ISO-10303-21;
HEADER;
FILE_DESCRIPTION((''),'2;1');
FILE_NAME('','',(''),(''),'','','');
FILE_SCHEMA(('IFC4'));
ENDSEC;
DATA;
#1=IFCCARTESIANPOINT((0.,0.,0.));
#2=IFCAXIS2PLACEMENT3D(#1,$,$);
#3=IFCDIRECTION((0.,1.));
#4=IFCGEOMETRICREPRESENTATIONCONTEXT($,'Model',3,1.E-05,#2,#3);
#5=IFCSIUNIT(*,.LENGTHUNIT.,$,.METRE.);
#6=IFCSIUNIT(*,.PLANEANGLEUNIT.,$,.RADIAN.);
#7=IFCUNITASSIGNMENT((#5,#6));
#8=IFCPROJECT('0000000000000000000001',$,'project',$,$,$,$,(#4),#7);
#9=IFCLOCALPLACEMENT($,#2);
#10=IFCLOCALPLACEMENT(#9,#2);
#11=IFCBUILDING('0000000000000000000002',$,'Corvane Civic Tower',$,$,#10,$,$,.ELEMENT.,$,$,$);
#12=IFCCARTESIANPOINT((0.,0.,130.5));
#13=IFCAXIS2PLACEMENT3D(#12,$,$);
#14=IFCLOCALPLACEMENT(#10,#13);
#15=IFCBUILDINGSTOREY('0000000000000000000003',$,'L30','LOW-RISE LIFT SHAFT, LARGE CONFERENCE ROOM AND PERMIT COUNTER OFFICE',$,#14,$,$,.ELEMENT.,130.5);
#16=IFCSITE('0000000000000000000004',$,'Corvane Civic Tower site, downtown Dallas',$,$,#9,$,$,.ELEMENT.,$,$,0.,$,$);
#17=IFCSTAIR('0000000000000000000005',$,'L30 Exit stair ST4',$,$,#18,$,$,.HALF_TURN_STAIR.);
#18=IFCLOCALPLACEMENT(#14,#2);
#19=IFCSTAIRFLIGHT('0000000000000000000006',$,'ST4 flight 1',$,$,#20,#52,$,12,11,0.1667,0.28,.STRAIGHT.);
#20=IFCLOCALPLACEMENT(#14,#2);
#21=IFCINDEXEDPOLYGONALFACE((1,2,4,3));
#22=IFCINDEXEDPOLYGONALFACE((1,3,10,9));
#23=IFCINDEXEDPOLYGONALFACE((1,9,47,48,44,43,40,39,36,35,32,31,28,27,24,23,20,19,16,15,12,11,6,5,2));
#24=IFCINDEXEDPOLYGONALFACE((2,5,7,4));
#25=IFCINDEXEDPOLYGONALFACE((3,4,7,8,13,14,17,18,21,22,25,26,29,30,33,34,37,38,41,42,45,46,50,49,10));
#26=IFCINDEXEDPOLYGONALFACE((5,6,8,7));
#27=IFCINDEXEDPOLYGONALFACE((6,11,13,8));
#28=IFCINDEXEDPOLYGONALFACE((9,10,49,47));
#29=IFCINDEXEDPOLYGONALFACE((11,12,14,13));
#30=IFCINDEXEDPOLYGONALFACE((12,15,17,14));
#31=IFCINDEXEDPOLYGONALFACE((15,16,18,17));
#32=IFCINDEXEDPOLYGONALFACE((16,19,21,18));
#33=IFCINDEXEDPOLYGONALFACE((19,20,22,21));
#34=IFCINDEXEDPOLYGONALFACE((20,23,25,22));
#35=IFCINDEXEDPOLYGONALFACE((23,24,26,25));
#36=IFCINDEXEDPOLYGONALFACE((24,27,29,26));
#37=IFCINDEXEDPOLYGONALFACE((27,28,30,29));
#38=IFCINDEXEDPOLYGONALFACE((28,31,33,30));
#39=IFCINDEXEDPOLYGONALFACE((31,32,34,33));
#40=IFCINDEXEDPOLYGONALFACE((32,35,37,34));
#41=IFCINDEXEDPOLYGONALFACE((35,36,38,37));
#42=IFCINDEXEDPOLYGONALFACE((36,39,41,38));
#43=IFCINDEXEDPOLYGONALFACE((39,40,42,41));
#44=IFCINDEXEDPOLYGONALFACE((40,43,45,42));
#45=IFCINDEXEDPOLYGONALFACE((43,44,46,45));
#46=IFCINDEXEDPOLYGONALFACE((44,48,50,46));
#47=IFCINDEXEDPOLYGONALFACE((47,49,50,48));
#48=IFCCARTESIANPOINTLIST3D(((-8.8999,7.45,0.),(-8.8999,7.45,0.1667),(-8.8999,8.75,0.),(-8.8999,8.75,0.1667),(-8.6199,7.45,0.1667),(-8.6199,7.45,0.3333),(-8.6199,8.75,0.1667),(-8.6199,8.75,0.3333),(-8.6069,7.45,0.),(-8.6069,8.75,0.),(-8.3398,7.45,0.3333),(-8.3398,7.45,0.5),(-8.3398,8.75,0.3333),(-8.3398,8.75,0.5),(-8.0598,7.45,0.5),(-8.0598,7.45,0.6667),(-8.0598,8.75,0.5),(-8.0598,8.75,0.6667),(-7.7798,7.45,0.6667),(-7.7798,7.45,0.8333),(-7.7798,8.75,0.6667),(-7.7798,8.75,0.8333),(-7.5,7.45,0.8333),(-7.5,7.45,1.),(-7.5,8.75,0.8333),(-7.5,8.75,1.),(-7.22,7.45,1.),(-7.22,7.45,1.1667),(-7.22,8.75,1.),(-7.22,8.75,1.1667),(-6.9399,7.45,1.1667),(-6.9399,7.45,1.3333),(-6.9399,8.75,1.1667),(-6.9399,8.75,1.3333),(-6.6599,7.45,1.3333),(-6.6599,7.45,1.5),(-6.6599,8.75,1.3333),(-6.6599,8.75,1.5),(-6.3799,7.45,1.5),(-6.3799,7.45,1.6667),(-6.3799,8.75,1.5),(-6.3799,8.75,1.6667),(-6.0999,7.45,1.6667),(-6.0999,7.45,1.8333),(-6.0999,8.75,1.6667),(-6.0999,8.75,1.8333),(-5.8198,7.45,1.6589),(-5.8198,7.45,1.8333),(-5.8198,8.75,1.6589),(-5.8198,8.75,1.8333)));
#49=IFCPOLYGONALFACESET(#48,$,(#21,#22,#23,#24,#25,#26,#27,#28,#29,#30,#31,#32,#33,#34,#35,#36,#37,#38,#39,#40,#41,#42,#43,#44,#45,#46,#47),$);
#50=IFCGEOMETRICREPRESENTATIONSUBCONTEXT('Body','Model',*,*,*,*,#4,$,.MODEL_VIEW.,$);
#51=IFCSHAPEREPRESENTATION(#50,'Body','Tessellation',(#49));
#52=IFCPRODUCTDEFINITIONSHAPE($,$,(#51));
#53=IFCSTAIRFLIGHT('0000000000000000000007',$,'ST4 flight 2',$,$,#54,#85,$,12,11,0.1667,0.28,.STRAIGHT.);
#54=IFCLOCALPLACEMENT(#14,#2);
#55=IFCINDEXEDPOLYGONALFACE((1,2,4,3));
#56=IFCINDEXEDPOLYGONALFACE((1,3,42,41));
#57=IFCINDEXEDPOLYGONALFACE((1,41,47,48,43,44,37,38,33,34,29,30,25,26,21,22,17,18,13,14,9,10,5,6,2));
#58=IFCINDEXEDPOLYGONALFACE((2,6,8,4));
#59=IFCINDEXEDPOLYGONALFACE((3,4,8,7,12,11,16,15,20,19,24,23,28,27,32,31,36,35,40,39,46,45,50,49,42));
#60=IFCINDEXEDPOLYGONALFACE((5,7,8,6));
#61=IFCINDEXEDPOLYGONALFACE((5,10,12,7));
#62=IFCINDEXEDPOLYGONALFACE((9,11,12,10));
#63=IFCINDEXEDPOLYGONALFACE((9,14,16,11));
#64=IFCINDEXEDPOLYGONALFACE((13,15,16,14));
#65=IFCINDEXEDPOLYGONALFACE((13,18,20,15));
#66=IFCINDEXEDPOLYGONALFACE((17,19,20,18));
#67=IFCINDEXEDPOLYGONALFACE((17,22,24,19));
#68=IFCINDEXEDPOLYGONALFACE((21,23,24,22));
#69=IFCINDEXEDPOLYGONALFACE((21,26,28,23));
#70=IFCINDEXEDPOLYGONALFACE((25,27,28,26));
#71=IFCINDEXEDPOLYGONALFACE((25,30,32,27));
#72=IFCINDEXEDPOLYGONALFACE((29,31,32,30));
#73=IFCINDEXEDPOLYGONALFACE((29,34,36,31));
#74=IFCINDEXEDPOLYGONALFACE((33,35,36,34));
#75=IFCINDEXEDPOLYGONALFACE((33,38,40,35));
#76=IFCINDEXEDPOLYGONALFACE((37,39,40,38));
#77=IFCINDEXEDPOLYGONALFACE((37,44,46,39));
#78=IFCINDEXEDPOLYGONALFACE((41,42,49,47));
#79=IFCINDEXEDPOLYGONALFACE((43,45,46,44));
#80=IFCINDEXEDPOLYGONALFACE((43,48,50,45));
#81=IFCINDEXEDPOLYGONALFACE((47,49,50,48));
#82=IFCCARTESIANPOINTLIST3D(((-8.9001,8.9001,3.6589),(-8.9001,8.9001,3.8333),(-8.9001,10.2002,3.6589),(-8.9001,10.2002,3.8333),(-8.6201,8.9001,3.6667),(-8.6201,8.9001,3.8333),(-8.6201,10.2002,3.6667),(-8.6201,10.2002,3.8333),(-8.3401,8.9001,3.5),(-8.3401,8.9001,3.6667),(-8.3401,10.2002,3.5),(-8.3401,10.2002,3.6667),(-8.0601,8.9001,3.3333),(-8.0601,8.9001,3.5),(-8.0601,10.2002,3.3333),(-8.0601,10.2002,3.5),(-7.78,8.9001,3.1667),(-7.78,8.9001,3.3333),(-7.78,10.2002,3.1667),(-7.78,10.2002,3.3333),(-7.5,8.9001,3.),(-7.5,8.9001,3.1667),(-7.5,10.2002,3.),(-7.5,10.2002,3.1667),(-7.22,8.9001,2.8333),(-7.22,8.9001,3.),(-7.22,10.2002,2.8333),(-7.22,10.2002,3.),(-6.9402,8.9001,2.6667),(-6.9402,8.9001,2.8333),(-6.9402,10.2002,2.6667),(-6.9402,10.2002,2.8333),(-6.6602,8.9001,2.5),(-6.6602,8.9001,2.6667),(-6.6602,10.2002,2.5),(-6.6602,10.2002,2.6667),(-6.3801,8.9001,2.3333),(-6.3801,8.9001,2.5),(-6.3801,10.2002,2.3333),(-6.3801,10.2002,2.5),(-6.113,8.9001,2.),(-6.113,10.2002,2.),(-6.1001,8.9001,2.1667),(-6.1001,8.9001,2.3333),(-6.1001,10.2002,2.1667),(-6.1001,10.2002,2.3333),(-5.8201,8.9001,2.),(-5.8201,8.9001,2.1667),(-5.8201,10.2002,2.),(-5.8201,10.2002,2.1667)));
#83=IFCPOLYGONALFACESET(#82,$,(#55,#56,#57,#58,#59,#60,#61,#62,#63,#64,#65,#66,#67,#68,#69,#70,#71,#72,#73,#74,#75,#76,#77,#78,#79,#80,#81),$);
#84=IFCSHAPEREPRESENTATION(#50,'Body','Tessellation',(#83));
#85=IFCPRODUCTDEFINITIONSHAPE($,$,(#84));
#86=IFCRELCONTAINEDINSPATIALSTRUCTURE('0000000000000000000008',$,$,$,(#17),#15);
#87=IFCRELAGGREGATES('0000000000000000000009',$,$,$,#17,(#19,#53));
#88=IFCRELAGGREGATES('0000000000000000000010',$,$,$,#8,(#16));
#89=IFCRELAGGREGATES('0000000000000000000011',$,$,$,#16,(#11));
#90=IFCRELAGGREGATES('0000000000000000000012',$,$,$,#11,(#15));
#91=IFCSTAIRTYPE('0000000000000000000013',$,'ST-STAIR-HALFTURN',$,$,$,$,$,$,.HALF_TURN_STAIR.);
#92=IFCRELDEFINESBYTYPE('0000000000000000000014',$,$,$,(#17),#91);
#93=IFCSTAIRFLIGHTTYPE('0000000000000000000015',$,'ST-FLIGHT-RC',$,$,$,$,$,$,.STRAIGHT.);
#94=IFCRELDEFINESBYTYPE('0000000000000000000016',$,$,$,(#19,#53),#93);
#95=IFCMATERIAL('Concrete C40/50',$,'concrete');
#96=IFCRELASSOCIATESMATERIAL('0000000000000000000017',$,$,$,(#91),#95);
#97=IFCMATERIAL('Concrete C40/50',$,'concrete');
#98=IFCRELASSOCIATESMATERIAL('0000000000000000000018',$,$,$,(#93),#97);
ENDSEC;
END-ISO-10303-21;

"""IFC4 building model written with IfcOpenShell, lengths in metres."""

from ifc_helpers import new_model, si_unit, direction, frame, origin, place, context, subcontext, project, spatial, polyline, outline, extrude, material, type_object, element, aggregate, save


model = new_model("IFC4")

# Units and contexts
model_context = context("Model", 3, precision=1e-05, world=origin(), true_north=direction((0.0, 1.0)))
body_context = subcontext(model_context, "Body", "Model", "MODEL_VIEW")
ifc_project = project(units=[si_unit("LENGTHUNIT", "METRE"), si_unit("PLANEANGLEUNIT", "RADIAN")], contexts=[model_context])

# Site, building, storey
site_placement = place(None, origin())
site = spatial("IfcSite", under=ifc_project, at=site_placement, Name="Corvane Civic Tower site, downtown Dallas", CompositionType="ELEMENT", RefElevation=0.0)
building_placement = place(site_placement, origin())
building = spatial("IfcBuilding", under=site, at=building_placement, Name="Corvane Civic Tower", CompositionType="ELEMENT")
storey_placement = place(building_placement, frame((0.0, 0.0, 130.5)))
storey = spatial("IfcBuildingStorey", under=building, at=storey_placement, Name="L30", Description="LOW-RISE LIFT SHAFT, LARGE CONFERENCE ROOM AND PERMIT COUNTER OFFICE", CompositionType="ELEMENT", Elevation=130.5)

# Stair, stair flights
ifc_material_1 = material(Name="Concrete C40/50", Category="concrete")
stair_type = type_object("IfcStairType", Name="ST-STAIR-HALFTURN", PredefinedType="HALF_TURN_STAIR", material=ifc_material_1)
stair_placement = place(storey_placement, origin())
stair = element("IfcStair", 1, at=stair_placement, inside=storey, type_object=stair_type, Name="L30 Exit stair ST4", PredefinedType="HALF_TURN_STAIR")
ifc_material_2 = material(Name="Concrete C40/50", Category="concrete")
stair_flight_type = type_object("IfcStairFlightType", Name="ST-FLIGHT-RC", PredefinedType="STRAIGHT", material=ifc_material_2)
stair_flight_1_placement = place(storey_placement, frame((-8.8999, 8.1001, 0.0), z_axis=(0.0, 0.0, 1.0), x_axis=(1.0, 0.0, 0.0)))
stair_flight_1 = element("IfcStairFlight", 2, at=stair_flight_1_placement, type_object=stair_flight_type, Name="ST4 flight 1", NumberOfRisers=12, NumberOfTreads=11, PredefinedType="STRAIGHT", RiserHeight=0.1667, TreadLength=0.28, context=body_context, shape_type="SweptSolid", body=[
    extrude(outline(polyline([(0.0, 0.0), (0.0, 0.1667), (0.28, 0.1667), (0.28, 0.3333), (0.5601, 0.3333), (0.5601, 0.5), (0.8401, 0.5), (0.8401, 0.6667), (1.1201, 0.6667), (1.1201, 0.8333), (1.3999, 0.8333), (1.3999, 1.0), (1.6799, 1.0), (1.6799, 1.1667), (1.96, 1.1667), (1.96, 1.3333), (2.24, 1.3333), (2.24, 1.5), (2.52, 1.5), (2.52, 1.6667), (2.8, 1.6667), (2.8, 1.8333), (3.0801, 1.8333), (3.0801, 2.0), (3.0801, 1.6589), (0.293, 0.0), (0.0, 0.0)])), frame((0.0, 0.6499, 0.0), z_axis=(0.0, -1.0, 0.0), x_axis=(1.0, 0.0, 0.0)), (0.0, 0.0, 1.0), 1.3),
])
stair_flight_2_placement = place(storey_placement, frame((-5.8201, 9.55, 2.0), z_axis=(0.0, 0.0, 1.0), x_axis=(-1.0, 0.0, 0.0)))
stair_flight_2 = element("IfcStairFlight", 3, at=stair_flight_2_placement, type_object=stair_flight_type, Name="ST4 flight 2", NumberOfRisers=12, NumberOfTreads=11, PredefinedType="STRAIGHT", RiserHeight=0.1667, TreadLength=0.28, context=body_context, shape_type="SweptSolid", body=[
    extrude(outline(polyline([(0.0, 0.0), (0.0, 0.1667), (0.28, 0.1667), (0.28, 0.3333), (0.5601, 0.3333), (0.5601, 0.5), (0.8401, 0.5), (0.8401, 0.6667), (1.1201, 0.6667), (1.1201, 0.8333), (1.3999, 0.8333), (1.3999, 1.0), (1.6799, 1.0), (1.6799, 1.1667), (1.96, 1.1667), (1.96, 1.3333), (2.24, 1.3333), (2.24, 1.5), (2.52, 1.5), (2.52, 1.6667), (2.8, 1.6667), (2.8, 1.8333), (3.0801, 1.8333), (3.0801, 2.0), (3.0801, 1.6589), (0.293, 0.0), (0.0, 0.0)])), frame((0.0, 0.6499, 0.0), z_axis=(0.0, -1.0, 0.0), x_axis=(1.0, 0.0, 0.0)), (0.0, 0.0, 1.0), 1.3),
])
aggregate(stair, [stair_flight_1, stair_flight_2])

save(model, "model.ifc")
